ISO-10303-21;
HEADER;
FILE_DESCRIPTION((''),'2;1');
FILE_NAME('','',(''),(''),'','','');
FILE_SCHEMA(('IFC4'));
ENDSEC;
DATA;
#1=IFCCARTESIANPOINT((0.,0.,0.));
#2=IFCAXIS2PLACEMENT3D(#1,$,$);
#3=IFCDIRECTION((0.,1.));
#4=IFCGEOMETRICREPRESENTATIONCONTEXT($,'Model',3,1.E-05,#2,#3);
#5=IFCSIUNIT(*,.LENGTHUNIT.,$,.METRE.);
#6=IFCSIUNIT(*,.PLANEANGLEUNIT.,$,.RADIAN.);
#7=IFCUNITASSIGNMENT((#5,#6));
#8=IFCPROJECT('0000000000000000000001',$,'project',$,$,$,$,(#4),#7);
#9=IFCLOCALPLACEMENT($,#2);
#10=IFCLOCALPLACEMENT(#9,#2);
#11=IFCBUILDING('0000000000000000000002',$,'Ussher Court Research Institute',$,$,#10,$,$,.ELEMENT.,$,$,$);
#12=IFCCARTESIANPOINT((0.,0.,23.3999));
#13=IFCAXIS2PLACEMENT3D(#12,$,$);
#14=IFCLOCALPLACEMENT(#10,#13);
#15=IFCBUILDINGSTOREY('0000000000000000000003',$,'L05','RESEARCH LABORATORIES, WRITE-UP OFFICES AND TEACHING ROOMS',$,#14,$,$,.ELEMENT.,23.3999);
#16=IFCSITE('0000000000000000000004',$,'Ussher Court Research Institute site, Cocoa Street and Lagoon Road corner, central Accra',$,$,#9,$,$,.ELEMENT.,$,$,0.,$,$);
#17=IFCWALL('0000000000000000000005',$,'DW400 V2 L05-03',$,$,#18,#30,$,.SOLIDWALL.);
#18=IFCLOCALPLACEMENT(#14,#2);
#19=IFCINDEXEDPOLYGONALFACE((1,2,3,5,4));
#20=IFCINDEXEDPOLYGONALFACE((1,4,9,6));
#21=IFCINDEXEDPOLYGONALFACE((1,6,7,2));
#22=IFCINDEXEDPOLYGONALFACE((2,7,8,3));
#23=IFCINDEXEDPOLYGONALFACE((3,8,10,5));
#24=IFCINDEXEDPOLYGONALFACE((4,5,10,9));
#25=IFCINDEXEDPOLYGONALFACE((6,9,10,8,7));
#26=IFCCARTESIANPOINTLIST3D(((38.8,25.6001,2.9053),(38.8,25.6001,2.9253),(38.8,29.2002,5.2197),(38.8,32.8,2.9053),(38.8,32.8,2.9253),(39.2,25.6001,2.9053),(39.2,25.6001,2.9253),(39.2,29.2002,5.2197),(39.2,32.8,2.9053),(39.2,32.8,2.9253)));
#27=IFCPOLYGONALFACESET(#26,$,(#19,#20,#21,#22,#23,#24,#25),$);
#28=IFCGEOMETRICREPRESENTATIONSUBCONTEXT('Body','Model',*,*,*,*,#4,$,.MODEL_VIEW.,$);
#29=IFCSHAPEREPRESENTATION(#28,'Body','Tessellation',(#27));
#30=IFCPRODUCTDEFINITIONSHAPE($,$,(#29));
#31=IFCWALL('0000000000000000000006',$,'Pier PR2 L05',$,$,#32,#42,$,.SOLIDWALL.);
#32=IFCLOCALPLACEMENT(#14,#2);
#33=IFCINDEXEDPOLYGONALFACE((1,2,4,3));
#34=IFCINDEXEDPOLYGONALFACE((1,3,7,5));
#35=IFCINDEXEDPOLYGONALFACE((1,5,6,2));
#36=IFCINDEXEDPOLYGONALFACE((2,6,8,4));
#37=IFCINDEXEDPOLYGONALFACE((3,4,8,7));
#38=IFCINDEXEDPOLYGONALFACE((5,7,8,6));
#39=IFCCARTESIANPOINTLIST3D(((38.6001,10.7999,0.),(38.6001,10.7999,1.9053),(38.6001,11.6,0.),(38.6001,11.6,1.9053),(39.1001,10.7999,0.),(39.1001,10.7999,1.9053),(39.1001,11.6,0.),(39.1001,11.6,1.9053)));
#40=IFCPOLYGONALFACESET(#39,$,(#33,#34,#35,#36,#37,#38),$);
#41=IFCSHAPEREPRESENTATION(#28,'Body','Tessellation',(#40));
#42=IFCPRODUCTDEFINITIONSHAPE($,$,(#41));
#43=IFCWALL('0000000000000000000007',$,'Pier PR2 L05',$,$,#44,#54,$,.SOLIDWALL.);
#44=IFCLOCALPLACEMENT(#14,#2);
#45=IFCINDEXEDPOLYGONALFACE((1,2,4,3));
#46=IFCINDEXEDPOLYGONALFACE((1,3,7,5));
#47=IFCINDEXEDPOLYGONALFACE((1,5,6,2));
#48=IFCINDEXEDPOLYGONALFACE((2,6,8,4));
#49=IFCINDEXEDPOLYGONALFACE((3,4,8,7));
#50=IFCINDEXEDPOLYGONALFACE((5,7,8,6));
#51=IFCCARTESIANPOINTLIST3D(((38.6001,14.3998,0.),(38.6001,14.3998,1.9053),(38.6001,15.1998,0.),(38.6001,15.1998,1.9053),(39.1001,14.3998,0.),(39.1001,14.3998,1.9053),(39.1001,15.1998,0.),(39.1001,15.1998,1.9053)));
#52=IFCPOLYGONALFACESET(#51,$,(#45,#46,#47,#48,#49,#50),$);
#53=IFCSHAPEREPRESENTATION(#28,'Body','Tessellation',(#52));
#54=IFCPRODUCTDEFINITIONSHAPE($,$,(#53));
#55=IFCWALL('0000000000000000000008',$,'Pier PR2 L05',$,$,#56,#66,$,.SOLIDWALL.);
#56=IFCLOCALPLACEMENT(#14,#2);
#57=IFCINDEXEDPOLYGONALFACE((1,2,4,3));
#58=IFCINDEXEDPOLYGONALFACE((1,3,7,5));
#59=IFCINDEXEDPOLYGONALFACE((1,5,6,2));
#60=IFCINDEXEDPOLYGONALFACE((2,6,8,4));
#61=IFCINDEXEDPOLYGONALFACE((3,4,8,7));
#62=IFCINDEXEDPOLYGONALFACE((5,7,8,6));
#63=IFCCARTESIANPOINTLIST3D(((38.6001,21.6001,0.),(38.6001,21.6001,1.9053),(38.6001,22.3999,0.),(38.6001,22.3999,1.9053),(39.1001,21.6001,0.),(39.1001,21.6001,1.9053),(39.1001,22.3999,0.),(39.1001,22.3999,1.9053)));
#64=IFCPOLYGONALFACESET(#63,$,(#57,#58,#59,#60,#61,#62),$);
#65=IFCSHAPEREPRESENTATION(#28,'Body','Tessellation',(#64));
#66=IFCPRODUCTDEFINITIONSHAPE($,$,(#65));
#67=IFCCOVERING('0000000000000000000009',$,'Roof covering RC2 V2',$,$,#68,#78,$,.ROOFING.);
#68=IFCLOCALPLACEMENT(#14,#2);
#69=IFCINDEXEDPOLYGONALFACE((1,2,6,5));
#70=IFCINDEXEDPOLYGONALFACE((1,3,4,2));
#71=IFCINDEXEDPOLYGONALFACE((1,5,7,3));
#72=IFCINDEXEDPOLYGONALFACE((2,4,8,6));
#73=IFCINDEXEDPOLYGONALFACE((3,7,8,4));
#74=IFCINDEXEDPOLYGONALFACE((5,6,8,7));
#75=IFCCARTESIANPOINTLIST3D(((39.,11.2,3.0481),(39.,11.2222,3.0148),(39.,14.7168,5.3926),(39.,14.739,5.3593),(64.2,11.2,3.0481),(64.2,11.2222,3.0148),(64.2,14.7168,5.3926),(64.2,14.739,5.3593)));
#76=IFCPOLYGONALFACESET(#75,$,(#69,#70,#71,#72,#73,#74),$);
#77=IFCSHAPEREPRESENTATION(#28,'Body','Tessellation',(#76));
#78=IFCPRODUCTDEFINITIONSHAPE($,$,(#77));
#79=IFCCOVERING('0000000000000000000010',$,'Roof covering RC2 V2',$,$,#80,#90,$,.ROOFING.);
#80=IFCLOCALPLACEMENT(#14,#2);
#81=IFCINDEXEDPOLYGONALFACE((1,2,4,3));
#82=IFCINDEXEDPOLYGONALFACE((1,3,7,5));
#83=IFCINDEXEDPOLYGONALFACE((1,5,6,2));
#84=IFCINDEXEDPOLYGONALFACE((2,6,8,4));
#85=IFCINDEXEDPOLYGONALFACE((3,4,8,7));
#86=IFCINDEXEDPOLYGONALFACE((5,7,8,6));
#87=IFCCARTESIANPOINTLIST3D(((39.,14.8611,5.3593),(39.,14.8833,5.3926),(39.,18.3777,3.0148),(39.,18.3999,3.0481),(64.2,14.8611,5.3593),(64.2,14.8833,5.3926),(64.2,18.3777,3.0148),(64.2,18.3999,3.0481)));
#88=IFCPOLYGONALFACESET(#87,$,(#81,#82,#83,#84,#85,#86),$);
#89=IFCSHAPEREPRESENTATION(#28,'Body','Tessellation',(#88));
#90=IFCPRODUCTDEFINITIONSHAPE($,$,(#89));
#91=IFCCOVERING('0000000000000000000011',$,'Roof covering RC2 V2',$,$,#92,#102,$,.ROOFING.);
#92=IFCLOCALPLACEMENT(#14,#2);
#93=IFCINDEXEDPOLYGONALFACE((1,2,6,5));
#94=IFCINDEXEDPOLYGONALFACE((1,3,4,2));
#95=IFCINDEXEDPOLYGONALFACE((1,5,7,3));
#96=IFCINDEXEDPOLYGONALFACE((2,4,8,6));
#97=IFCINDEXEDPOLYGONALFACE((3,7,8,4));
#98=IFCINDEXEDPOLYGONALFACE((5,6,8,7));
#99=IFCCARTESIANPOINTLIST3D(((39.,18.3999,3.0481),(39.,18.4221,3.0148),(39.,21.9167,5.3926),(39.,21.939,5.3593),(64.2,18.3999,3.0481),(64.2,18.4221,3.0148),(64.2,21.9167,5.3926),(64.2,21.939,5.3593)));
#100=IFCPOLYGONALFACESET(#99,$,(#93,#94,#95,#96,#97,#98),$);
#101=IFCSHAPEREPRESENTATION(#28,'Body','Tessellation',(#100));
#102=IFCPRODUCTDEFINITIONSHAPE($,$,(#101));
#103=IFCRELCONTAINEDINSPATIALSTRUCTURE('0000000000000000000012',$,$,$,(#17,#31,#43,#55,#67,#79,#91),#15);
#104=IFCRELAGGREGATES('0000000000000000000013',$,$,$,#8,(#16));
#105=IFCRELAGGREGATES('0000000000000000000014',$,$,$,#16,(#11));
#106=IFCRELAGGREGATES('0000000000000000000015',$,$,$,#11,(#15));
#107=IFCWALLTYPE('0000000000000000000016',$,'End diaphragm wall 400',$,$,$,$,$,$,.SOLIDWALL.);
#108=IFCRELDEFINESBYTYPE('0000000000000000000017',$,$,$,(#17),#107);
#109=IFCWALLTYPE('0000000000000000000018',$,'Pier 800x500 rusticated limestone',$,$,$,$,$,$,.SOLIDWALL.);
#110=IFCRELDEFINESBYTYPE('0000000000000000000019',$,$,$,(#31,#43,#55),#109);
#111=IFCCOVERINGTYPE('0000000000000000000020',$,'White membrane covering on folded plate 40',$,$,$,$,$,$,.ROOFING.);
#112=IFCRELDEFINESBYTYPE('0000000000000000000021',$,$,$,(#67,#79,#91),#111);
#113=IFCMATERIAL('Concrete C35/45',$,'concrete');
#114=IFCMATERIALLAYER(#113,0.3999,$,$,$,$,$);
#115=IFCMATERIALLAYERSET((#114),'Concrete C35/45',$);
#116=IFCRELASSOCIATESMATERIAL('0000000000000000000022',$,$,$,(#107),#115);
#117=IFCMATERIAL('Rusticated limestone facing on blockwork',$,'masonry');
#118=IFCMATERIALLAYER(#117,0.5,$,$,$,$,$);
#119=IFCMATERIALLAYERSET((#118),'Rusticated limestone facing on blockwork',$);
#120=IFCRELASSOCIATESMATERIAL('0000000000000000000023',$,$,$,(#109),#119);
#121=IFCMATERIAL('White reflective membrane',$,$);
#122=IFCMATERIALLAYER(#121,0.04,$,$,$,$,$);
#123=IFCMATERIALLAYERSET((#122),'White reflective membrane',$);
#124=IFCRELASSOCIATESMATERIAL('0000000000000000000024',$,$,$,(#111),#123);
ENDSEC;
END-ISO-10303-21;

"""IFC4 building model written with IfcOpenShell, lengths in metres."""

from ifc_helpers import new_model, si_unit, direction, frame, frame_2d, origin, place, context, subcontext, project, spatial, polyline, rectangle, outline, extrude, material, layer, layer_set, type_object, element, save


model = new_model("IFC4")

# Units and contexts
model_context = context("Model", 3, precision=1e-05, world=origin(), true_north=direction((0.0, 1.0)))
body_context = subcontext(model_context, "Body", "Model", "MODEL_VIEW")
ifc_project = project(units=[si_unit("LENGTHUNIT", "METRE"), si_unit("PLANEANGLEUNIT", "RADIAN")], contexts=[model_context])

# Site, building, storey
site_placement = place(None, origin())
site = spatial("IfcSite", under=ifc_project, at=site_placement, Name="Ussher Court Research Institute site, Cocoa Street and Lagoon Road corner, central Accra", CompositionType="ELEMENT", RefElevation=0.0)
building_placement = place(site_placement, origin())
building = spatial("IfcBuilding", under=site, at=building_placement, Name="Ussher Court Research Institute", CompositionType="ELEMENT")
storey_placement = place(building_placement, frame((0.0, 0.0, 23.3999)))
storey = spatial("IfcBuildingStorey", under=building, at=storey_placement, Name="L05", Description="RESEARCH LABORATORIES, WRITE-UP OFFICES AND TEACHING ROOMS", CompositionType="ELEMENT", Elevation=23.3999)

# Walls
ifc_material_1 = material(Name="Concrete C35/45", Category="concrete")
ifc_layer_1 = layer(ifc_material_1, 0.3999)
ifc_layer_set_1 = layer_set([ifc_layer_1], Name="Concrete C35/45")
wall_type_1 = type_object("IfcWallType", Name="End diaphragm wall 400", PredefinedType="SOLIDWALL", material=ifc_layer_set_1)
wall_1_placement = place(storey_placement, frame((39.0, 25.6001, 2.9053), z_axis=(0.0, 0.0, 1.0), x_axis=(0.0, 1.0, 0.0)))
element("IfcWall", 1, at=wall_1_placement, inside=storey, type_object=wall_type_1, Name="DW400 V2 L05-03", PredefinedType="SOLIDWALL", context=body_context, shape_type="SweptSolid", body=[
    extrude(outline(polyline([(0.0, 0.0), (7.2, 0.0), (7.2, 0.02), (3.6001, 2.3145), (0.0, 0.02), (0.0, 0.0)])), frame((0.0, 0.2, 0.0), z_axis=(0.0, -1.0, 0.0), x_axis=(1.0, 0.0, 0.0)), (0.0, 0.0, 1.0), 0.3999),
])
ifc_material_2 = material(Name="Rusticated limestone facing on blockwork", Category="masonry")
ifc_layer_2 = layer(ifc_material_2, 0.5)
ifc_layer_set_2 = layer_set([ifc_layer_2], Name="Rusticated limestone facing on blockwork")
wall_type_2 = type_object("IfcWallType", Name="Pier 800x500 rusticated limestone", PredefinedType="SOLIDWALL", material=ifc_layer_set_2)
for number, where, z_axis, x_axis, name in (
    (2, (38.8501, 10.8, 0.0), (0.0, 0.0, 1.0), (0.0, 1.0, 0.0), "Pier PR2 L05"),
    (3, (38.8501, 14.3999, 0.0), (0.0, 0.0, 1.0), (0.0, 1.0, 0.0), "Pier PR2 L05"),
):
    element("IfcWall", number, at=place(storey_placement, frame(where, z_axis=z_axis, x_axis=x_axis)), inside=storey, type_object=wall_type_2, Name=name, PredefinedType="SOLIDWALL", context=body_context, shape_type="SweptSolid", body=[
        extrude(rectangle(XDim=0.8, YDim=0.5, at=frame_2d((0.3999, 0.0))), origin(), (0.0, 0.0, 1.0), 1.9053),
    ])
wall_2_placement = place(storey_placement, frame((38.8501, 21.6001, 0.0), z_axis=(0.0, 0.0, 1.0), x_axis=(0.0, 1.0, 0.0)))
element("IfcWall", 4, at=wall_2_placement, inside=storey, type_object=wall_type_2, Name="Pier PR2 L05", PredefinedType="SOLIDWALL", context=body_context, shape_type="SweptSolid", body=[
    extrude(rectangle(XDim=0.7998, YDim=0.5, at=frame_2d((0.3999, 0.0))), origin(), (0.0, 0.0, 1.0), 1.9053),
])

# Coverings
ifc_material_3 = material(Name="White reflective membrane")
ifc_layer_3 = layer(ifc_material_3, 0.04)
ifc_layer_set_3 = layer_set([ifc_layer_3], Name="White reflective membrane")
covering_type = type_object("IfcCoveringType", Name="White membrane covering on folded plate 40", PredefinedType="ROOFING", material=ifc_layer_set_3)
covering_1_placement = place(storey_placement, frame((39.0, 11.2, 3.0481), z_axis=(0.0, -0.554687, 0.832059), x_axis=(1.0, 0.0, 0.0)))
element("IfcCovering", 5, at=covering_1_placement, inside=storey, type_object=covering_type, Name="Roof covering RC2 V2", PredefinedType="ROOFING", context=body_context, shape_type="SweptSolid", body=[
    extrude(outline(polyline([(0.0, 0.0), (25.2, 0.0), (25.2, 4.2267), (0.0, 4.2267), (0.0, 0.0)])), origin(), (0.0, 0.0, -1.0), 0.04),
])
covering_2_placement = place(storey_placement, frame((39.0, 18.3999, 3.0481), z_axis=(0.0, 0.554714, 0.832041), x_axis=(1.0, 0.0, 0.0)))
element("IfcCovering", 6, at=covering_2_placement, inside=storey, type_object=covering_type, Name="Roof covering RC2 V2", PredefinedType="ROOFING", context=body_context, shape_type="SweptSolid", body=[
    extrude(outline(polyline([(0.0, 0.0), (25.2, 0.0), (25.2, -4.2265), (0.0, -4.2265), (0.0, 0.0)])), origin(), (0.0, 0.0, -1.0), 0.04),
])
covering_3_placement = place(storey_placement, frame((39.0, 18.3999, 3.0481), z_axis=(0.0, -0.554687, 0.832059), x_axis=(1.0, 0.0, 0.0)))
element("IfcCovering", 7, at=covering_3_placement, inside=storey, type_object=covering_type, Name="Roof covering RC2 V2", PredefinedType="ROOFING", context=body_context, shape_type="SweptSolid", body=[
    extrude(outline(polyline([(0.0, 0.0), (25.2, 0.0), (25.2, 4.2267), (0.0, 4.2267), (0.0, 0.0)])), origin(), (0.0, 0.0, -1.0), 0.04),
])

save(model, "model.ifc")
